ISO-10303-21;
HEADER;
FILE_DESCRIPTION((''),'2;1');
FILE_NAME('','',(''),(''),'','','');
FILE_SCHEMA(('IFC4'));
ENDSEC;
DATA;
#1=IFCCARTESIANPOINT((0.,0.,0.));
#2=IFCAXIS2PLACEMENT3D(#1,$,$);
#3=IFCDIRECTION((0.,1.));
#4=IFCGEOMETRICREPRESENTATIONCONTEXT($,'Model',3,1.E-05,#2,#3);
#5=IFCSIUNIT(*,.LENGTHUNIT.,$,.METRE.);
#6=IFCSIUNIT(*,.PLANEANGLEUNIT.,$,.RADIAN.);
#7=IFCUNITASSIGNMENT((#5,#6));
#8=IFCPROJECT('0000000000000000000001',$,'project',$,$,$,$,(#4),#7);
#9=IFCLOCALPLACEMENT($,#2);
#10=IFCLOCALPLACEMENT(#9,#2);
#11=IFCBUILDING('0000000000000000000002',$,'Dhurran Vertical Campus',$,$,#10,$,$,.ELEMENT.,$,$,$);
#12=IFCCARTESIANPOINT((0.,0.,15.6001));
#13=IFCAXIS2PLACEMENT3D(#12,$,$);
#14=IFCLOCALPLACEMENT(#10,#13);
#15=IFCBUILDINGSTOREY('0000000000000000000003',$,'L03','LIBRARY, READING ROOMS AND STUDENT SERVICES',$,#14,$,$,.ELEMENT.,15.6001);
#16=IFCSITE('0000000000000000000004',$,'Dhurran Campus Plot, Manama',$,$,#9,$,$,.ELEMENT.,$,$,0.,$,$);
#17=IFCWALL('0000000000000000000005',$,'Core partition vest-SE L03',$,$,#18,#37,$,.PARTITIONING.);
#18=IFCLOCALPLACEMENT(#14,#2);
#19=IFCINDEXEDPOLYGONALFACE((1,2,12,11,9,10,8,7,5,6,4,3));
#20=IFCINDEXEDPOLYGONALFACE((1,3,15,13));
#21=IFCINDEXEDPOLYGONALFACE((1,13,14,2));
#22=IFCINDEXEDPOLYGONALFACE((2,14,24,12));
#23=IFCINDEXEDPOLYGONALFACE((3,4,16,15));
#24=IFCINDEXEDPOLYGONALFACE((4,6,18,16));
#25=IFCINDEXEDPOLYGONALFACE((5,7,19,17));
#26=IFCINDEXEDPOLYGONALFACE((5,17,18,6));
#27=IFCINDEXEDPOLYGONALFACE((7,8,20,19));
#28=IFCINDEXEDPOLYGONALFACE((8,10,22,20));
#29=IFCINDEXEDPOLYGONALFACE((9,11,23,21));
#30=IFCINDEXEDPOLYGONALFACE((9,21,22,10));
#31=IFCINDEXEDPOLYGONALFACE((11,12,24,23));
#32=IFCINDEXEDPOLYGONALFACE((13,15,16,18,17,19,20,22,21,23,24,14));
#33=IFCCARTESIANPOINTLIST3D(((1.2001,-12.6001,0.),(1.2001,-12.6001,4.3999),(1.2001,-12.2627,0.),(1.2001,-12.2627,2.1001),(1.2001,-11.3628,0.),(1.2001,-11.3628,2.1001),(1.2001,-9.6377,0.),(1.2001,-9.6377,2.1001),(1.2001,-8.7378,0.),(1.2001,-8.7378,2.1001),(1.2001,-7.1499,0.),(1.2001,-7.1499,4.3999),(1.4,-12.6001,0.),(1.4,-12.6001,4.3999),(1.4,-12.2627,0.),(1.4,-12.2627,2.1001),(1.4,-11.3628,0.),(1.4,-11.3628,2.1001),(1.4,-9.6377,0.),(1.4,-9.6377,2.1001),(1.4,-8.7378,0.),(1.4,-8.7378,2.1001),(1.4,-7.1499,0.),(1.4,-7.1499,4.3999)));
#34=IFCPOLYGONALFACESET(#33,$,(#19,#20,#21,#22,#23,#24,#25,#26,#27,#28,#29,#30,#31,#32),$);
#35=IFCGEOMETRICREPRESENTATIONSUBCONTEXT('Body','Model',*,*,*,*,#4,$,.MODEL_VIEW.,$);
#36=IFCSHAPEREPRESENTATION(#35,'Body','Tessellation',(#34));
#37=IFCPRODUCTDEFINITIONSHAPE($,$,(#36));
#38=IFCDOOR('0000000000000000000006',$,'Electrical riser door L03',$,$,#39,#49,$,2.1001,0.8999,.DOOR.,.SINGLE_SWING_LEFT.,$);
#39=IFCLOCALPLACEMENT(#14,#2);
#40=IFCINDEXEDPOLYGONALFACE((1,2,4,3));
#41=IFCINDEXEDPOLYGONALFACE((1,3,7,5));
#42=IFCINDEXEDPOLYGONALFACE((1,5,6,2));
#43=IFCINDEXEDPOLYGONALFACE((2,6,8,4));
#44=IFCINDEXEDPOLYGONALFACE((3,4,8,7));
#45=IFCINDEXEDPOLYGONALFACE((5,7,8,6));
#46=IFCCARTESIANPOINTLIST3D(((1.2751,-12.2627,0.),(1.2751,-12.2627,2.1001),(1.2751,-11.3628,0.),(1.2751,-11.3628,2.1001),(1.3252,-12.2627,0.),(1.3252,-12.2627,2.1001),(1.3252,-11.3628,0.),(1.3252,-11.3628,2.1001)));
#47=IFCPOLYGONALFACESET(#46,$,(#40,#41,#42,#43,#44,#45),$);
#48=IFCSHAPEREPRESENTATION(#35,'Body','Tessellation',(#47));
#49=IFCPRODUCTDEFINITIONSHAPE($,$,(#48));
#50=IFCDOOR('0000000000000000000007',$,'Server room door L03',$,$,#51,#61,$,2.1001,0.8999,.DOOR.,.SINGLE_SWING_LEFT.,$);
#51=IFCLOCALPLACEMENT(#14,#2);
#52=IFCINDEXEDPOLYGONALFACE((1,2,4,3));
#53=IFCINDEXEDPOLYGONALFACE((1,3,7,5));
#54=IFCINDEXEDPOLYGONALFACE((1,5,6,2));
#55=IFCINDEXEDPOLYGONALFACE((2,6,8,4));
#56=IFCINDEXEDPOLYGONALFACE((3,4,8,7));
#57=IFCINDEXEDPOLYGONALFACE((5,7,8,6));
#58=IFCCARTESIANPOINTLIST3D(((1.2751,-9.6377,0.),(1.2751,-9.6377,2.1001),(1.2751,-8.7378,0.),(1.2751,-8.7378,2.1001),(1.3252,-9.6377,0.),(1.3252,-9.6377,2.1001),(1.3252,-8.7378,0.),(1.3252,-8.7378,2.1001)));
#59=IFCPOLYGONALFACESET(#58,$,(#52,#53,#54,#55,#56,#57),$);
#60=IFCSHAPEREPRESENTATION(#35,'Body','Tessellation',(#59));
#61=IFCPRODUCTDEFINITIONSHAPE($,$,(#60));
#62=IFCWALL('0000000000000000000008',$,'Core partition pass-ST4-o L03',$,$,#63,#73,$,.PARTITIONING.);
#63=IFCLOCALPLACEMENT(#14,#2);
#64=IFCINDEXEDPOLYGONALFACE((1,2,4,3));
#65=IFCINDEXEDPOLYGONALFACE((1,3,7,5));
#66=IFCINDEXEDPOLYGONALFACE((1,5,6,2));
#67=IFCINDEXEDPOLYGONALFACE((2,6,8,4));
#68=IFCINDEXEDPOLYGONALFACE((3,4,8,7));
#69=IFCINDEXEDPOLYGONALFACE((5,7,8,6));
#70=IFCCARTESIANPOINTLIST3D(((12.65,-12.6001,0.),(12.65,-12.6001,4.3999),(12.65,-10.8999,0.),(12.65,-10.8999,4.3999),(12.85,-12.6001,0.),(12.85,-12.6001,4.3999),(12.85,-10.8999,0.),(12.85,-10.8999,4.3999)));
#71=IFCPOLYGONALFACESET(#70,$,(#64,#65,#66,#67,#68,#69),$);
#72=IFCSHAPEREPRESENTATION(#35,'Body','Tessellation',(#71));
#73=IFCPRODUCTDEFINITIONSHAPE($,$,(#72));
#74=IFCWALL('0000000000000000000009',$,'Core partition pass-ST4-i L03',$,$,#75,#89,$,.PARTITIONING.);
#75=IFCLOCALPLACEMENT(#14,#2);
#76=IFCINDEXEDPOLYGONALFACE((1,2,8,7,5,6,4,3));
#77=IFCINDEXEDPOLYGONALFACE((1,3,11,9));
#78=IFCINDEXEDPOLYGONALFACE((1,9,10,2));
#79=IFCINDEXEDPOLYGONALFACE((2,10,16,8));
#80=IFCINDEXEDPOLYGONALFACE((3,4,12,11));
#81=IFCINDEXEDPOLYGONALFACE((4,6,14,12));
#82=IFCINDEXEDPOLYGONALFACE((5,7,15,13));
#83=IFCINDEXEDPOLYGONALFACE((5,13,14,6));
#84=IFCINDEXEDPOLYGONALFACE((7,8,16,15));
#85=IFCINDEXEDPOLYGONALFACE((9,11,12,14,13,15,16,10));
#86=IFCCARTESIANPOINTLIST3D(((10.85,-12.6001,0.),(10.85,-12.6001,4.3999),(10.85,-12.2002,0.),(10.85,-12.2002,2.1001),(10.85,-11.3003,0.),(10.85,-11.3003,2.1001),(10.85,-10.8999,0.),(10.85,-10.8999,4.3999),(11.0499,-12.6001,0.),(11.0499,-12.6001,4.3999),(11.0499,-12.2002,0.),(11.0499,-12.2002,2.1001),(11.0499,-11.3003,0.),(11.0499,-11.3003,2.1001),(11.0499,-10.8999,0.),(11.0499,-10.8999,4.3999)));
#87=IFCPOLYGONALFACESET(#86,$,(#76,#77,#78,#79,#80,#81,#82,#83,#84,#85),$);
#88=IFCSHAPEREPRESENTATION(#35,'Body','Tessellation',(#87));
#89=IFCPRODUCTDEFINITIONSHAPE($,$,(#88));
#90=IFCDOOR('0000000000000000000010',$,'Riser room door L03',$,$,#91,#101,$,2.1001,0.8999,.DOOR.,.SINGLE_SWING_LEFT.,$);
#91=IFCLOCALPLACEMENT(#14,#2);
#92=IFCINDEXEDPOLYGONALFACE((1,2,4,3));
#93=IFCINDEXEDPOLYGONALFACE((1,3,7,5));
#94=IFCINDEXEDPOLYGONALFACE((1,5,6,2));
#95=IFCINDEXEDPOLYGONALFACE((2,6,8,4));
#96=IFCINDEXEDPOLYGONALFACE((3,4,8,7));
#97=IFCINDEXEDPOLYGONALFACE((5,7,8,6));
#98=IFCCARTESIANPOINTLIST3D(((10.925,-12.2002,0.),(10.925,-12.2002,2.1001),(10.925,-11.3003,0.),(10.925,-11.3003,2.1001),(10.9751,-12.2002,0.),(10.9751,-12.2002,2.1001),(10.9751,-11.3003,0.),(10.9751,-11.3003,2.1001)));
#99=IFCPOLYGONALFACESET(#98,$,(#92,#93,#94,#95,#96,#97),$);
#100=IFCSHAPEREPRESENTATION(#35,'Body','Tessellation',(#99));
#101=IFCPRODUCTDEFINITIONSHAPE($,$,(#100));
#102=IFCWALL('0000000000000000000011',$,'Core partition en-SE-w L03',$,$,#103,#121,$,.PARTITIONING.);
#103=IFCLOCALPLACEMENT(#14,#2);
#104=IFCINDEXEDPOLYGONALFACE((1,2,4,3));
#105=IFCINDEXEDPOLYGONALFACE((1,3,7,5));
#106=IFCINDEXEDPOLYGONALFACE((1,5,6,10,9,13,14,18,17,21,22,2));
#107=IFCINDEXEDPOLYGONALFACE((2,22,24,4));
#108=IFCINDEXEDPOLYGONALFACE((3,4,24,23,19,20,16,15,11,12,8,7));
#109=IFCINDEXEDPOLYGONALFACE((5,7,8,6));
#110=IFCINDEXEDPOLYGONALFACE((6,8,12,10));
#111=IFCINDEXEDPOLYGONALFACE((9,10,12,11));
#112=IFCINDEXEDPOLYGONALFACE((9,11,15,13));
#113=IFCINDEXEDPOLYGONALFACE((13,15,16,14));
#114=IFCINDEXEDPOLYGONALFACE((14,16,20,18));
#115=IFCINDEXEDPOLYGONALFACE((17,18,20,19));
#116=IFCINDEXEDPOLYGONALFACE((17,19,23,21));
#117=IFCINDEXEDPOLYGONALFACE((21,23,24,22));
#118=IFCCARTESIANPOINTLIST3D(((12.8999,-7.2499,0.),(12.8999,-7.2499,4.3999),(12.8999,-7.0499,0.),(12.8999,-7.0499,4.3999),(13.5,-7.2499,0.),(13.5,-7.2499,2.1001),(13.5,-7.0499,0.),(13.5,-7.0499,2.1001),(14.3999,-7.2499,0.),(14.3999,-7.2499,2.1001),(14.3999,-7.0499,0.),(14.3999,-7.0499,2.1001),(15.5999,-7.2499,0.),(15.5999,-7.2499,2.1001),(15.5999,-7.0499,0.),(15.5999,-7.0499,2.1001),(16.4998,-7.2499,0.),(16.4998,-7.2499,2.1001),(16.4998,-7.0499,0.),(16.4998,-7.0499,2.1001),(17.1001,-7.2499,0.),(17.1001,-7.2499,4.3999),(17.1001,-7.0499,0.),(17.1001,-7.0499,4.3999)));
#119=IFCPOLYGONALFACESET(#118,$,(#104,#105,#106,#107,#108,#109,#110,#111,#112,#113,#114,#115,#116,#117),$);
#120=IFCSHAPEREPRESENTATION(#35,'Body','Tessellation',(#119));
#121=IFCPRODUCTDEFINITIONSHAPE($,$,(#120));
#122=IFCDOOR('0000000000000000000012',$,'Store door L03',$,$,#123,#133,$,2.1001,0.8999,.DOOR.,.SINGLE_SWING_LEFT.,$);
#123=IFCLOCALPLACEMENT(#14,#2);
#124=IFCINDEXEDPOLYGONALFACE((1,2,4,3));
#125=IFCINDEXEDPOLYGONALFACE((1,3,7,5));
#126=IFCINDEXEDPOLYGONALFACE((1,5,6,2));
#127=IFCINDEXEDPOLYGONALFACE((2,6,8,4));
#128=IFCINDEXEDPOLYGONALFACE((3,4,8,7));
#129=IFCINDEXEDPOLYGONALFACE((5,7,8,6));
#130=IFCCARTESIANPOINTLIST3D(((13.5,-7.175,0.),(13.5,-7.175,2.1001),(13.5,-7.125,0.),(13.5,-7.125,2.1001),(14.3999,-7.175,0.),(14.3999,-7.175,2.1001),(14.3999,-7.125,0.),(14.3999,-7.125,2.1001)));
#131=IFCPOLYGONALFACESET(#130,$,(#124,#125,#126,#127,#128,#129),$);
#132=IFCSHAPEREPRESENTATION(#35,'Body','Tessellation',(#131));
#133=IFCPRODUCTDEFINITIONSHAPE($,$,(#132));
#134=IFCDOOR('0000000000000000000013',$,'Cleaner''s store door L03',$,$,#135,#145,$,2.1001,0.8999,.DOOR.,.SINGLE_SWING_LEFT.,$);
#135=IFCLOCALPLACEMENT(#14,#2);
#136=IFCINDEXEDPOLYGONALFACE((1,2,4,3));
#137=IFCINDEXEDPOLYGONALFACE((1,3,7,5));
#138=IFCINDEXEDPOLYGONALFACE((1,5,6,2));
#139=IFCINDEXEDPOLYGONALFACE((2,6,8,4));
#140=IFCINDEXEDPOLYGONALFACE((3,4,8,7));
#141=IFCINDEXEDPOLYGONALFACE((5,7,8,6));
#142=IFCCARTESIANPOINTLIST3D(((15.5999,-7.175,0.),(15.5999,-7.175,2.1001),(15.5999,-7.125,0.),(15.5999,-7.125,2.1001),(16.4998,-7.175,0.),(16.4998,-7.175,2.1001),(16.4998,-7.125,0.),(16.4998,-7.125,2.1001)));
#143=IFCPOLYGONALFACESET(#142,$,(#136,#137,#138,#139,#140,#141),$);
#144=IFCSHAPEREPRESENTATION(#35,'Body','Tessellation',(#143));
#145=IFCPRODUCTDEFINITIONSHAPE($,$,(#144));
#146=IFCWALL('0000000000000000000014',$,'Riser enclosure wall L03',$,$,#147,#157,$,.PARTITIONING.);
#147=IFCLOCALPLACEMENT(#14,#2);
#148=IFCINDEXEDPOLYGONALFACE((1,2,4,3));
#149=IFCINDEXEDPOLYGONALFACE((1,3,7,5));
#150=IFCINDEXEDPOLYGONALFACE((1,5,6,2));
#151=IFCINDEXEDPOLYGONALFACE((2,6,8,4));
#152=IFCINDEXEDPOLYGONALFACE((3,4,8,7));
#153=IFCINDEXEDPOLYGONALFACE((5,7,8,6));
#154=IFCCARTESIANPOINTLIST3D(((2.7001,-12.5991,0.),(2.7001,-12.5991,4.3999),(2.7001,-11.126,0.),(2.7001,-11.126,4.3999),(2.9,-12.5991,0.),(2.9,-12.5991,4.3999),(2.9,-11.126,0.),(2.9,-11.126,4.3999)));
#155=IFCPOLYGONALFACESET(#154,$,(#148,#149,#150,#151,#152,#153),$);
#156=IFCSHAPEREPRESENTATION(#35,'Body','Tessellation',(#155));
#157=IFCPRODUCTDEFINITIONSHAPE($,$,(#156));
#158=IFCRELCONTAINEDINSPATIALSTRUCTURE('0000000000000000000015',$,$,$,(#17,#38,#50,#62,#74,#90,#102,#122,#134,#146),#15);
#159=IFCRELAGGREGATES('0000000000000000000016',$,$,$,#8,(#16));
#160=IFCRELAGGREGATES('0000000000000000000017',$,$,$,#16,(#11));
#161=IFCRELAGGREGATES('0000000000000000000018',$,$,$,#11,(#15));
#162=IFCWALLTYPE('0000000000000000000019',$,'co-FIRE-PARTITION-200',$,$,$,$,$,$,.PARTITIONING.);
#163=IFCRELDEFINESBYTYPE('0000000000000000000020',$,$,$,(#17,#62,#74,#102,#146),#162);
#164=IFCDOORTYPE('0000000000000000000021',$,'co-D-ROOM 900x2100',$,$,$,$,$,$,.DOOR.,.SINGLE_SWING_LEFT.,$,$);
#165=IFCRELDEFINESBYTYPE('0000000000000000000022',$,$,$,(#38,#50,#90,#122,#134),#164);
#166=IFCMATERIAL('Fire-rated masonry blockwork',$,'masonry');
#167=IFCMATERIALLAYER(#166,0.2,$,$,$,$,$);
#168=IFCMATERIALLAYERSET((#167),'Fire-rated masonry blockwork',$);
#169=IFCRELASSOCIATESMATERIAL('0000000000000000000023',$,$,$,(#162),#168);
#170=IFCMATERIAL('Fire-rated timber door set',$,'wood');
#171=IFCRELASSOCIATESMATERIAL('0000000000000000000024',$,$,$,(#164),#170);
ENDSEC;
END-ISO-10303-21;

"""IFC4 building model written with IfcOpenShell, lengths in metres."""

from ifc_helpers import new_model, si_unit, direction, frame, frame_2d, origin, place, context, subcontext, project, spatial, rectangle, extrude, material, layer, layer_set, type_object, element, fill, save


model = new_model("IFC4")

# Units and contexts
model_context = context("Model", 3, precision=1e-05, world=origin(), true_north=direction((0.0, 1.0)))
body_context = subcontext(model_context, "Body", "Model", "MODEL_VIEW")
ifc_project = project(units=[si_unit("LENGTHUNIT", "METRE"), si_unit("PLANEANGLEUNIT", "RADIAN")], contexts=[model_context])

# Site, building, storey
site_placement = place(None, origin())
site = spatial("IfcSite", under=ifc_project, at=site_placement, Name="Dhurran Campus Plot, Manama", CompositionType="ELEMENT", RefElevation=0.0)
building_placement = place(site_placement, origin())
building = spatial("IfcBuilding", under=site, at=building_placement, Name="Dhurran Vertical Campus", CompositionType="ELEMENT")
storey_placement = place(building_placement, frame((0.0, 0.0, 15.6001)))
storey = spatial("IfcBuildingStorey", under=building, at=storey_placement, Name="L03", Description="LIBRARY, READING ROOMS AND STUDENT SERVICES", CompositionType="ELEMENT", Elevation=15.6001)

# Shared definitions
ifc_material_1 = material(Name="Fire-rated masonry blockwork", Category="masonry")
ifc_layer_1 = layer(ifc_material_1, 0.2)
ifc_layer_set_1 = layer_set([ifc_layer_1], Name="Fire-rated masonry blockwork")
wall_type_1 = type_object("IfcWallType", Name="co-FIRE-PARTITION-200", PredefinedType="PARTITIONING", material=ifc_layer_set_1)

# Wall, openings, doors
wall_1_placement = place(storey_placement, frame((1.3, -12.6001, 0.0), z_axis=(0.0, 0.0, 1.0), x_axis=(0.0, 1.0, 0.0)))
wall_1 = element("IfcWall", 1, at=wall_1_placement, inside=storey, type_object=wall_type_1, Name="Core partition vest-SE L03", PredefinedType="PARTITIONING", context=body_context, shape_type="SweptSolid", body=[
    extrude(rectangle(XDim=5.4502, YDim=0.2, at=frame_2d((2.7251, 0.0))), origin(), (0.0, 0.0, 1.0), 4.3999),
])
opening_1_placement = place(wall_1_placement, frame((0.3374, 0.0, 0.0)))
opening_1 = element("IfcOpeningElement", 2, at=opening_1_placement, cuts=wall_1, PredefinedType="OPENING", context=body_context, shape_type="SweptSolid", body=[
    extrude(rectangle(XDim=0.8999, YDim=2.1001, at=frame_2d((0.45, 1.05))), frame((0.0, 0.1099, 0.0), z_axis=(0.0, -1.0, 0.0), x_axis=(1.0, 0.0, 0.0)), (0.0, 0.0, 1.0), 0.22),
])
opening_2_placement = place(wall_1_placement, frame((2.9624, 0.0, 0.0)))
opening_2 = element("IfcOpeningElement", 3, at=opening_2_placement, cuts=wall_1, PredefinedType="OPENING", context=body_context, shape_type="SweptSolid", body=[
    extrude(rectangle(XDim=0.8999, YDim=2.1001, at=frame_2d((0.45, 1.05))), frame((0.0, 0.1099, 0.0), z_axis=(0.0, -1.0, 0.0), x_axis=(1.0, 0.0, 0.0)), (0.0, 0.0, 1.0), 0.22),
])
ifc_material_2 = material(Name="Fire-rated timber door set", Category="wood")
door_type_1 = type_object("IfcDoorType", Name="co-D-ROOM 900x2100", OperationType="SINGLE_SWING_LEFT", PredefinedType="DOOR", material=ifc_material_2)
door_1_placement = place(opening_1_placement, origin())
door_1 = element("IfcDoor", 4, at=door_1_placement, inside=storey, type_object=door_type_1, Name="Electrical riser door L03", OperationType="SINGLE_SWING_LEFT", OverallHeight=2.1001, OverallWidth=0.8999, PredefinedType="DOOR", context=body_context, shape_type="SweptSolid", body=[
    extrude(rectangle(XDim=0.8999, YDim=2.1001, at=frame_2d((0.45, 1.05))), frame((0.0, 0.0249, 0.0), z_axis=(0.0, -1.0, 0.0), x_axis=(1.0, 0.0, 0.0)), (0.0, 0.0, 1.0), 0.05),
])
fill(opening_1, door_1)
door_2_placement = place(opening_2_placement, origin())
door_2 = element("IfcDoor", 5, at=door_2_placement, inside=storey, type_object=door_type_1, Name="Server room door L03", OperationType="SINGLE_SWING_LEFT", OverallHeight=2.1001, OverallWidth=0.8999, PredefinedType="DOOR", context=body_context, shape_type="SweptSolid", body=[
    extrude(rectangle(XDim=0.8999, YDim=2.1001, at=frame_2d((0.45, 1.05))), frame((0.0, 0.0249, 0.0), z_axis=(0.0, -1.0, 0.0), x_axis=(1.0, 0.0, 0.0)), (0.0, 0.0, 1.0), 0.05),
])
fill(opening_2, door_2)

# Wall
wall_2_placement = place(storey_placement, frame((12.75, -12.6001, 0.0), z_axis=(0.0, 0.0, 1.0), x_axis=(0.0, 1.0, 0.0)))
element("IfcWall", 6, at=wall_2_placement, inside=storey, type_object=wall_type_1, Name="Core partition pass-ST4-o L03", PredefinedType="PARTITIONING", context=body_context, shape_type="SweptSolid", body=[
    extrude(rectangle(XDim=1.7002, YDim=0.2, at=frame_2d((0.8501, 0.0))), origin(), (0.0, 0.0, 1.0), 4.3999),
])

# Wall, opening, door
wall_3_placement = place(storey_placement, frame((10.95, -12.6001, 0.0), z_axis=(0.0, 0.0, 1.0), x_axis=(0.0, 1.0, 0.0)))
wall_3 = element("IfcWall", 7, at=wall_3_placement, inside=storey, type_object=wall_type_1, Name="Core partition pass-ST4-i L03", PredefinedType="PARTITIONING", context=body_context, shape_type="SweptSolid", body=[
    extrude(rectangle(XDim=1.7002, YDim=0.2, at=frame_2d((0.8501, 0.0))), origin(), (0.0, 0.0, 1.0), 4.3999),
])
opening_3_placement = place(wall_3_placement, frame((0.3999, 0.0, 0.0)))
opening_3 = element("IfcOpeningElement", 8, at=opening_3_placement, cuts=wall_3, PredefinedType="OPENING", context=body_context, shape_type="SweptSolid", body=[
    extrude(rectangle(XDim=0.8999, YDim=2.1001, at=frame_2d((0.45, 1.05))), frame((0.0, 0.1099, 0.0), z_axis=(0.0, -1.0, 0.0), x_axis=(1.0, 0.0, 0.0)), (0.0, 0.0, 1.0), 0.22),
])
door_3_placement = place(opening_3_placement, origin())
door_3 = element("IfcDoor", 9, at=door_3_placement, inside=storey, type_object=door_type_1, Name="Riser room door L03", OperationType="SINGLE_SWING_LEFT", OverallHeight=2.1001, OverallWidth=0.8999, PredefinedType="DOOR", context=body_context, shape_type="SweptSolid", body=[
    extrude(rectangle(XDim=0.8999, YDim=2.1001, at=frame_2d((0.45, 1.05))), frame((0.0, 0.0249, 0.0), z_axis=(0.0, -1.0, 0.0), x_axis=(1.0, 0.0, 0.0)), (0.0, 0.0, 1.0), 0.05),
])
fill(opening_3, door_3)

# Wall, openings, doors
wall_4_placement = place(storey_placement, frame((12.8999, -7.1499, 0.0), z_axis=(0.0, 0.0, 1.0), x_axis=(1.0, 0.0, 0.0)))
wall_4 = element("IfcWall", 10, at=wall_4_placement, inside=storey, type_object=wall_type_1, Name="Core partition en-SE-w L03", PredefinedType="PARTITIONING", context=body_context, shape_type="SweptSolid", body=[
    extrude(rectangle(XDim=4.2002, YDim=0.2, at=frame_2d((2.1001, 0.0))), origin(), (0.0, 0.0, 1.0), 4.3999),
])
opening_4_placement = place(wall_4_placement, frame((0.6001, 0.0, 0.0)))
opening_4 = element("IfcOpeningElement", 11, at=opening_4_placement, cuts=wall_4, PredefinedType="OPENING", context=body_context, shape_type="SweptSolid", body=[
    extrude(rectangle(XDim=0.8999, YDim=2.1001, at=frame_2d((0.45, 1.05))), frame((0.0, 0.1099, 0.0), z_axis=(0.0, -1.0, 0.0), x_axis=(1.0, 0.0, 0.0)), (0.0, 0.0, 1.0), 0.22),
])
opening_5_placement = place(wall_4_placement, frame((2.7, 0.0, 0.0)))
opening_5 = element("IfcOpeningElement", 12, at=opening_5_placement, cuts=wall_4, PredefinedType="OPENING", context=body_context, shape_type="SweptSolid", body=[
    extrude(rectangle(XDim=0.8999, YDim=2.1001, at=frame_2d((0.45, 1.05))), frame((0.0, 0.1099, 0.0), z_axis=(0.0, -1.0, 0.0), x_axis=(1.0, 0.0, 0.0)), (0.0, 0.0, 1.0), 0.22),
])
door_4_placement = place(opening_4_placement, origin())
door_4 = element("IfcDoor", 13, at=door_4_placement, inside=storey, type_object=door_type_1, Name="Store door L03", OperationType="SINGLE_SWING_LEFT", OverallHeight=2.1001, OverallWidth=0.8999, PredefinedType="DOOR", context=body_context, shape_type="SweptSolid", body=[
    extrude(rectangle(XDim=0.8999, YDim=2.1001, at=frame_2d((0.45, 1.05))), frame((0.0, 0.0249, 0.0), z_axis=(0.0, -1.0, 0.0), x_axis=(1.0, 0.0, 0.0)), (0.0, 0.0, 1.0), 0.05),
])
fill(opening_4, door_4)
door_5_placement = place(opening_5_placement, origin())
door_5 = element("IfcDoor", 14, at=door_5_placement, inside=storey, type_object=door_type_1, Name="Cleaner's store door L03", OperationType="SINGLE_SWING_LEFT", OverallHeight=2.1001, OverallWidth=0.8999, PredefinedType="DOOR", context=body_context, shape_type="SweptSolid", body=[
    extrude(rectangle(XDim=0.8999, YDim=2.1001, at=frame_2d((0.45, 1.05))), frame((0.0, 0.0249, 0.0), z_axis=(0.0, -1.0, 0.0), x_axis=(1.0, 0.0, 0.0)), (0.0, 0.0, 1.0), 0.05),
])
fill(opening_5, door_5)

# Wall
wall_5_placement = place(storey_placement, frame((2.8, -12.5991, 0.0), z_axis=(0.0, 0.0, 1.0), x_axis=(0.0, 1.0, 0.0)))
element("IfcWall", 15, at=wall_5_placement, inside=storey, type_object=wall_type_1, Name="Riser enclosure wall L03", PredefinedType="PARTITIONING", context=body_context, shape_type="SweptSolid", body=[
    extrude(rectangle(XDim=1.4731, YDim=0.2, at=frame_2d((0.7366, 0.0))), origin(), (0.0, 0.0, 1.0), 4.3999),
])

save(model, "model.ifc")
